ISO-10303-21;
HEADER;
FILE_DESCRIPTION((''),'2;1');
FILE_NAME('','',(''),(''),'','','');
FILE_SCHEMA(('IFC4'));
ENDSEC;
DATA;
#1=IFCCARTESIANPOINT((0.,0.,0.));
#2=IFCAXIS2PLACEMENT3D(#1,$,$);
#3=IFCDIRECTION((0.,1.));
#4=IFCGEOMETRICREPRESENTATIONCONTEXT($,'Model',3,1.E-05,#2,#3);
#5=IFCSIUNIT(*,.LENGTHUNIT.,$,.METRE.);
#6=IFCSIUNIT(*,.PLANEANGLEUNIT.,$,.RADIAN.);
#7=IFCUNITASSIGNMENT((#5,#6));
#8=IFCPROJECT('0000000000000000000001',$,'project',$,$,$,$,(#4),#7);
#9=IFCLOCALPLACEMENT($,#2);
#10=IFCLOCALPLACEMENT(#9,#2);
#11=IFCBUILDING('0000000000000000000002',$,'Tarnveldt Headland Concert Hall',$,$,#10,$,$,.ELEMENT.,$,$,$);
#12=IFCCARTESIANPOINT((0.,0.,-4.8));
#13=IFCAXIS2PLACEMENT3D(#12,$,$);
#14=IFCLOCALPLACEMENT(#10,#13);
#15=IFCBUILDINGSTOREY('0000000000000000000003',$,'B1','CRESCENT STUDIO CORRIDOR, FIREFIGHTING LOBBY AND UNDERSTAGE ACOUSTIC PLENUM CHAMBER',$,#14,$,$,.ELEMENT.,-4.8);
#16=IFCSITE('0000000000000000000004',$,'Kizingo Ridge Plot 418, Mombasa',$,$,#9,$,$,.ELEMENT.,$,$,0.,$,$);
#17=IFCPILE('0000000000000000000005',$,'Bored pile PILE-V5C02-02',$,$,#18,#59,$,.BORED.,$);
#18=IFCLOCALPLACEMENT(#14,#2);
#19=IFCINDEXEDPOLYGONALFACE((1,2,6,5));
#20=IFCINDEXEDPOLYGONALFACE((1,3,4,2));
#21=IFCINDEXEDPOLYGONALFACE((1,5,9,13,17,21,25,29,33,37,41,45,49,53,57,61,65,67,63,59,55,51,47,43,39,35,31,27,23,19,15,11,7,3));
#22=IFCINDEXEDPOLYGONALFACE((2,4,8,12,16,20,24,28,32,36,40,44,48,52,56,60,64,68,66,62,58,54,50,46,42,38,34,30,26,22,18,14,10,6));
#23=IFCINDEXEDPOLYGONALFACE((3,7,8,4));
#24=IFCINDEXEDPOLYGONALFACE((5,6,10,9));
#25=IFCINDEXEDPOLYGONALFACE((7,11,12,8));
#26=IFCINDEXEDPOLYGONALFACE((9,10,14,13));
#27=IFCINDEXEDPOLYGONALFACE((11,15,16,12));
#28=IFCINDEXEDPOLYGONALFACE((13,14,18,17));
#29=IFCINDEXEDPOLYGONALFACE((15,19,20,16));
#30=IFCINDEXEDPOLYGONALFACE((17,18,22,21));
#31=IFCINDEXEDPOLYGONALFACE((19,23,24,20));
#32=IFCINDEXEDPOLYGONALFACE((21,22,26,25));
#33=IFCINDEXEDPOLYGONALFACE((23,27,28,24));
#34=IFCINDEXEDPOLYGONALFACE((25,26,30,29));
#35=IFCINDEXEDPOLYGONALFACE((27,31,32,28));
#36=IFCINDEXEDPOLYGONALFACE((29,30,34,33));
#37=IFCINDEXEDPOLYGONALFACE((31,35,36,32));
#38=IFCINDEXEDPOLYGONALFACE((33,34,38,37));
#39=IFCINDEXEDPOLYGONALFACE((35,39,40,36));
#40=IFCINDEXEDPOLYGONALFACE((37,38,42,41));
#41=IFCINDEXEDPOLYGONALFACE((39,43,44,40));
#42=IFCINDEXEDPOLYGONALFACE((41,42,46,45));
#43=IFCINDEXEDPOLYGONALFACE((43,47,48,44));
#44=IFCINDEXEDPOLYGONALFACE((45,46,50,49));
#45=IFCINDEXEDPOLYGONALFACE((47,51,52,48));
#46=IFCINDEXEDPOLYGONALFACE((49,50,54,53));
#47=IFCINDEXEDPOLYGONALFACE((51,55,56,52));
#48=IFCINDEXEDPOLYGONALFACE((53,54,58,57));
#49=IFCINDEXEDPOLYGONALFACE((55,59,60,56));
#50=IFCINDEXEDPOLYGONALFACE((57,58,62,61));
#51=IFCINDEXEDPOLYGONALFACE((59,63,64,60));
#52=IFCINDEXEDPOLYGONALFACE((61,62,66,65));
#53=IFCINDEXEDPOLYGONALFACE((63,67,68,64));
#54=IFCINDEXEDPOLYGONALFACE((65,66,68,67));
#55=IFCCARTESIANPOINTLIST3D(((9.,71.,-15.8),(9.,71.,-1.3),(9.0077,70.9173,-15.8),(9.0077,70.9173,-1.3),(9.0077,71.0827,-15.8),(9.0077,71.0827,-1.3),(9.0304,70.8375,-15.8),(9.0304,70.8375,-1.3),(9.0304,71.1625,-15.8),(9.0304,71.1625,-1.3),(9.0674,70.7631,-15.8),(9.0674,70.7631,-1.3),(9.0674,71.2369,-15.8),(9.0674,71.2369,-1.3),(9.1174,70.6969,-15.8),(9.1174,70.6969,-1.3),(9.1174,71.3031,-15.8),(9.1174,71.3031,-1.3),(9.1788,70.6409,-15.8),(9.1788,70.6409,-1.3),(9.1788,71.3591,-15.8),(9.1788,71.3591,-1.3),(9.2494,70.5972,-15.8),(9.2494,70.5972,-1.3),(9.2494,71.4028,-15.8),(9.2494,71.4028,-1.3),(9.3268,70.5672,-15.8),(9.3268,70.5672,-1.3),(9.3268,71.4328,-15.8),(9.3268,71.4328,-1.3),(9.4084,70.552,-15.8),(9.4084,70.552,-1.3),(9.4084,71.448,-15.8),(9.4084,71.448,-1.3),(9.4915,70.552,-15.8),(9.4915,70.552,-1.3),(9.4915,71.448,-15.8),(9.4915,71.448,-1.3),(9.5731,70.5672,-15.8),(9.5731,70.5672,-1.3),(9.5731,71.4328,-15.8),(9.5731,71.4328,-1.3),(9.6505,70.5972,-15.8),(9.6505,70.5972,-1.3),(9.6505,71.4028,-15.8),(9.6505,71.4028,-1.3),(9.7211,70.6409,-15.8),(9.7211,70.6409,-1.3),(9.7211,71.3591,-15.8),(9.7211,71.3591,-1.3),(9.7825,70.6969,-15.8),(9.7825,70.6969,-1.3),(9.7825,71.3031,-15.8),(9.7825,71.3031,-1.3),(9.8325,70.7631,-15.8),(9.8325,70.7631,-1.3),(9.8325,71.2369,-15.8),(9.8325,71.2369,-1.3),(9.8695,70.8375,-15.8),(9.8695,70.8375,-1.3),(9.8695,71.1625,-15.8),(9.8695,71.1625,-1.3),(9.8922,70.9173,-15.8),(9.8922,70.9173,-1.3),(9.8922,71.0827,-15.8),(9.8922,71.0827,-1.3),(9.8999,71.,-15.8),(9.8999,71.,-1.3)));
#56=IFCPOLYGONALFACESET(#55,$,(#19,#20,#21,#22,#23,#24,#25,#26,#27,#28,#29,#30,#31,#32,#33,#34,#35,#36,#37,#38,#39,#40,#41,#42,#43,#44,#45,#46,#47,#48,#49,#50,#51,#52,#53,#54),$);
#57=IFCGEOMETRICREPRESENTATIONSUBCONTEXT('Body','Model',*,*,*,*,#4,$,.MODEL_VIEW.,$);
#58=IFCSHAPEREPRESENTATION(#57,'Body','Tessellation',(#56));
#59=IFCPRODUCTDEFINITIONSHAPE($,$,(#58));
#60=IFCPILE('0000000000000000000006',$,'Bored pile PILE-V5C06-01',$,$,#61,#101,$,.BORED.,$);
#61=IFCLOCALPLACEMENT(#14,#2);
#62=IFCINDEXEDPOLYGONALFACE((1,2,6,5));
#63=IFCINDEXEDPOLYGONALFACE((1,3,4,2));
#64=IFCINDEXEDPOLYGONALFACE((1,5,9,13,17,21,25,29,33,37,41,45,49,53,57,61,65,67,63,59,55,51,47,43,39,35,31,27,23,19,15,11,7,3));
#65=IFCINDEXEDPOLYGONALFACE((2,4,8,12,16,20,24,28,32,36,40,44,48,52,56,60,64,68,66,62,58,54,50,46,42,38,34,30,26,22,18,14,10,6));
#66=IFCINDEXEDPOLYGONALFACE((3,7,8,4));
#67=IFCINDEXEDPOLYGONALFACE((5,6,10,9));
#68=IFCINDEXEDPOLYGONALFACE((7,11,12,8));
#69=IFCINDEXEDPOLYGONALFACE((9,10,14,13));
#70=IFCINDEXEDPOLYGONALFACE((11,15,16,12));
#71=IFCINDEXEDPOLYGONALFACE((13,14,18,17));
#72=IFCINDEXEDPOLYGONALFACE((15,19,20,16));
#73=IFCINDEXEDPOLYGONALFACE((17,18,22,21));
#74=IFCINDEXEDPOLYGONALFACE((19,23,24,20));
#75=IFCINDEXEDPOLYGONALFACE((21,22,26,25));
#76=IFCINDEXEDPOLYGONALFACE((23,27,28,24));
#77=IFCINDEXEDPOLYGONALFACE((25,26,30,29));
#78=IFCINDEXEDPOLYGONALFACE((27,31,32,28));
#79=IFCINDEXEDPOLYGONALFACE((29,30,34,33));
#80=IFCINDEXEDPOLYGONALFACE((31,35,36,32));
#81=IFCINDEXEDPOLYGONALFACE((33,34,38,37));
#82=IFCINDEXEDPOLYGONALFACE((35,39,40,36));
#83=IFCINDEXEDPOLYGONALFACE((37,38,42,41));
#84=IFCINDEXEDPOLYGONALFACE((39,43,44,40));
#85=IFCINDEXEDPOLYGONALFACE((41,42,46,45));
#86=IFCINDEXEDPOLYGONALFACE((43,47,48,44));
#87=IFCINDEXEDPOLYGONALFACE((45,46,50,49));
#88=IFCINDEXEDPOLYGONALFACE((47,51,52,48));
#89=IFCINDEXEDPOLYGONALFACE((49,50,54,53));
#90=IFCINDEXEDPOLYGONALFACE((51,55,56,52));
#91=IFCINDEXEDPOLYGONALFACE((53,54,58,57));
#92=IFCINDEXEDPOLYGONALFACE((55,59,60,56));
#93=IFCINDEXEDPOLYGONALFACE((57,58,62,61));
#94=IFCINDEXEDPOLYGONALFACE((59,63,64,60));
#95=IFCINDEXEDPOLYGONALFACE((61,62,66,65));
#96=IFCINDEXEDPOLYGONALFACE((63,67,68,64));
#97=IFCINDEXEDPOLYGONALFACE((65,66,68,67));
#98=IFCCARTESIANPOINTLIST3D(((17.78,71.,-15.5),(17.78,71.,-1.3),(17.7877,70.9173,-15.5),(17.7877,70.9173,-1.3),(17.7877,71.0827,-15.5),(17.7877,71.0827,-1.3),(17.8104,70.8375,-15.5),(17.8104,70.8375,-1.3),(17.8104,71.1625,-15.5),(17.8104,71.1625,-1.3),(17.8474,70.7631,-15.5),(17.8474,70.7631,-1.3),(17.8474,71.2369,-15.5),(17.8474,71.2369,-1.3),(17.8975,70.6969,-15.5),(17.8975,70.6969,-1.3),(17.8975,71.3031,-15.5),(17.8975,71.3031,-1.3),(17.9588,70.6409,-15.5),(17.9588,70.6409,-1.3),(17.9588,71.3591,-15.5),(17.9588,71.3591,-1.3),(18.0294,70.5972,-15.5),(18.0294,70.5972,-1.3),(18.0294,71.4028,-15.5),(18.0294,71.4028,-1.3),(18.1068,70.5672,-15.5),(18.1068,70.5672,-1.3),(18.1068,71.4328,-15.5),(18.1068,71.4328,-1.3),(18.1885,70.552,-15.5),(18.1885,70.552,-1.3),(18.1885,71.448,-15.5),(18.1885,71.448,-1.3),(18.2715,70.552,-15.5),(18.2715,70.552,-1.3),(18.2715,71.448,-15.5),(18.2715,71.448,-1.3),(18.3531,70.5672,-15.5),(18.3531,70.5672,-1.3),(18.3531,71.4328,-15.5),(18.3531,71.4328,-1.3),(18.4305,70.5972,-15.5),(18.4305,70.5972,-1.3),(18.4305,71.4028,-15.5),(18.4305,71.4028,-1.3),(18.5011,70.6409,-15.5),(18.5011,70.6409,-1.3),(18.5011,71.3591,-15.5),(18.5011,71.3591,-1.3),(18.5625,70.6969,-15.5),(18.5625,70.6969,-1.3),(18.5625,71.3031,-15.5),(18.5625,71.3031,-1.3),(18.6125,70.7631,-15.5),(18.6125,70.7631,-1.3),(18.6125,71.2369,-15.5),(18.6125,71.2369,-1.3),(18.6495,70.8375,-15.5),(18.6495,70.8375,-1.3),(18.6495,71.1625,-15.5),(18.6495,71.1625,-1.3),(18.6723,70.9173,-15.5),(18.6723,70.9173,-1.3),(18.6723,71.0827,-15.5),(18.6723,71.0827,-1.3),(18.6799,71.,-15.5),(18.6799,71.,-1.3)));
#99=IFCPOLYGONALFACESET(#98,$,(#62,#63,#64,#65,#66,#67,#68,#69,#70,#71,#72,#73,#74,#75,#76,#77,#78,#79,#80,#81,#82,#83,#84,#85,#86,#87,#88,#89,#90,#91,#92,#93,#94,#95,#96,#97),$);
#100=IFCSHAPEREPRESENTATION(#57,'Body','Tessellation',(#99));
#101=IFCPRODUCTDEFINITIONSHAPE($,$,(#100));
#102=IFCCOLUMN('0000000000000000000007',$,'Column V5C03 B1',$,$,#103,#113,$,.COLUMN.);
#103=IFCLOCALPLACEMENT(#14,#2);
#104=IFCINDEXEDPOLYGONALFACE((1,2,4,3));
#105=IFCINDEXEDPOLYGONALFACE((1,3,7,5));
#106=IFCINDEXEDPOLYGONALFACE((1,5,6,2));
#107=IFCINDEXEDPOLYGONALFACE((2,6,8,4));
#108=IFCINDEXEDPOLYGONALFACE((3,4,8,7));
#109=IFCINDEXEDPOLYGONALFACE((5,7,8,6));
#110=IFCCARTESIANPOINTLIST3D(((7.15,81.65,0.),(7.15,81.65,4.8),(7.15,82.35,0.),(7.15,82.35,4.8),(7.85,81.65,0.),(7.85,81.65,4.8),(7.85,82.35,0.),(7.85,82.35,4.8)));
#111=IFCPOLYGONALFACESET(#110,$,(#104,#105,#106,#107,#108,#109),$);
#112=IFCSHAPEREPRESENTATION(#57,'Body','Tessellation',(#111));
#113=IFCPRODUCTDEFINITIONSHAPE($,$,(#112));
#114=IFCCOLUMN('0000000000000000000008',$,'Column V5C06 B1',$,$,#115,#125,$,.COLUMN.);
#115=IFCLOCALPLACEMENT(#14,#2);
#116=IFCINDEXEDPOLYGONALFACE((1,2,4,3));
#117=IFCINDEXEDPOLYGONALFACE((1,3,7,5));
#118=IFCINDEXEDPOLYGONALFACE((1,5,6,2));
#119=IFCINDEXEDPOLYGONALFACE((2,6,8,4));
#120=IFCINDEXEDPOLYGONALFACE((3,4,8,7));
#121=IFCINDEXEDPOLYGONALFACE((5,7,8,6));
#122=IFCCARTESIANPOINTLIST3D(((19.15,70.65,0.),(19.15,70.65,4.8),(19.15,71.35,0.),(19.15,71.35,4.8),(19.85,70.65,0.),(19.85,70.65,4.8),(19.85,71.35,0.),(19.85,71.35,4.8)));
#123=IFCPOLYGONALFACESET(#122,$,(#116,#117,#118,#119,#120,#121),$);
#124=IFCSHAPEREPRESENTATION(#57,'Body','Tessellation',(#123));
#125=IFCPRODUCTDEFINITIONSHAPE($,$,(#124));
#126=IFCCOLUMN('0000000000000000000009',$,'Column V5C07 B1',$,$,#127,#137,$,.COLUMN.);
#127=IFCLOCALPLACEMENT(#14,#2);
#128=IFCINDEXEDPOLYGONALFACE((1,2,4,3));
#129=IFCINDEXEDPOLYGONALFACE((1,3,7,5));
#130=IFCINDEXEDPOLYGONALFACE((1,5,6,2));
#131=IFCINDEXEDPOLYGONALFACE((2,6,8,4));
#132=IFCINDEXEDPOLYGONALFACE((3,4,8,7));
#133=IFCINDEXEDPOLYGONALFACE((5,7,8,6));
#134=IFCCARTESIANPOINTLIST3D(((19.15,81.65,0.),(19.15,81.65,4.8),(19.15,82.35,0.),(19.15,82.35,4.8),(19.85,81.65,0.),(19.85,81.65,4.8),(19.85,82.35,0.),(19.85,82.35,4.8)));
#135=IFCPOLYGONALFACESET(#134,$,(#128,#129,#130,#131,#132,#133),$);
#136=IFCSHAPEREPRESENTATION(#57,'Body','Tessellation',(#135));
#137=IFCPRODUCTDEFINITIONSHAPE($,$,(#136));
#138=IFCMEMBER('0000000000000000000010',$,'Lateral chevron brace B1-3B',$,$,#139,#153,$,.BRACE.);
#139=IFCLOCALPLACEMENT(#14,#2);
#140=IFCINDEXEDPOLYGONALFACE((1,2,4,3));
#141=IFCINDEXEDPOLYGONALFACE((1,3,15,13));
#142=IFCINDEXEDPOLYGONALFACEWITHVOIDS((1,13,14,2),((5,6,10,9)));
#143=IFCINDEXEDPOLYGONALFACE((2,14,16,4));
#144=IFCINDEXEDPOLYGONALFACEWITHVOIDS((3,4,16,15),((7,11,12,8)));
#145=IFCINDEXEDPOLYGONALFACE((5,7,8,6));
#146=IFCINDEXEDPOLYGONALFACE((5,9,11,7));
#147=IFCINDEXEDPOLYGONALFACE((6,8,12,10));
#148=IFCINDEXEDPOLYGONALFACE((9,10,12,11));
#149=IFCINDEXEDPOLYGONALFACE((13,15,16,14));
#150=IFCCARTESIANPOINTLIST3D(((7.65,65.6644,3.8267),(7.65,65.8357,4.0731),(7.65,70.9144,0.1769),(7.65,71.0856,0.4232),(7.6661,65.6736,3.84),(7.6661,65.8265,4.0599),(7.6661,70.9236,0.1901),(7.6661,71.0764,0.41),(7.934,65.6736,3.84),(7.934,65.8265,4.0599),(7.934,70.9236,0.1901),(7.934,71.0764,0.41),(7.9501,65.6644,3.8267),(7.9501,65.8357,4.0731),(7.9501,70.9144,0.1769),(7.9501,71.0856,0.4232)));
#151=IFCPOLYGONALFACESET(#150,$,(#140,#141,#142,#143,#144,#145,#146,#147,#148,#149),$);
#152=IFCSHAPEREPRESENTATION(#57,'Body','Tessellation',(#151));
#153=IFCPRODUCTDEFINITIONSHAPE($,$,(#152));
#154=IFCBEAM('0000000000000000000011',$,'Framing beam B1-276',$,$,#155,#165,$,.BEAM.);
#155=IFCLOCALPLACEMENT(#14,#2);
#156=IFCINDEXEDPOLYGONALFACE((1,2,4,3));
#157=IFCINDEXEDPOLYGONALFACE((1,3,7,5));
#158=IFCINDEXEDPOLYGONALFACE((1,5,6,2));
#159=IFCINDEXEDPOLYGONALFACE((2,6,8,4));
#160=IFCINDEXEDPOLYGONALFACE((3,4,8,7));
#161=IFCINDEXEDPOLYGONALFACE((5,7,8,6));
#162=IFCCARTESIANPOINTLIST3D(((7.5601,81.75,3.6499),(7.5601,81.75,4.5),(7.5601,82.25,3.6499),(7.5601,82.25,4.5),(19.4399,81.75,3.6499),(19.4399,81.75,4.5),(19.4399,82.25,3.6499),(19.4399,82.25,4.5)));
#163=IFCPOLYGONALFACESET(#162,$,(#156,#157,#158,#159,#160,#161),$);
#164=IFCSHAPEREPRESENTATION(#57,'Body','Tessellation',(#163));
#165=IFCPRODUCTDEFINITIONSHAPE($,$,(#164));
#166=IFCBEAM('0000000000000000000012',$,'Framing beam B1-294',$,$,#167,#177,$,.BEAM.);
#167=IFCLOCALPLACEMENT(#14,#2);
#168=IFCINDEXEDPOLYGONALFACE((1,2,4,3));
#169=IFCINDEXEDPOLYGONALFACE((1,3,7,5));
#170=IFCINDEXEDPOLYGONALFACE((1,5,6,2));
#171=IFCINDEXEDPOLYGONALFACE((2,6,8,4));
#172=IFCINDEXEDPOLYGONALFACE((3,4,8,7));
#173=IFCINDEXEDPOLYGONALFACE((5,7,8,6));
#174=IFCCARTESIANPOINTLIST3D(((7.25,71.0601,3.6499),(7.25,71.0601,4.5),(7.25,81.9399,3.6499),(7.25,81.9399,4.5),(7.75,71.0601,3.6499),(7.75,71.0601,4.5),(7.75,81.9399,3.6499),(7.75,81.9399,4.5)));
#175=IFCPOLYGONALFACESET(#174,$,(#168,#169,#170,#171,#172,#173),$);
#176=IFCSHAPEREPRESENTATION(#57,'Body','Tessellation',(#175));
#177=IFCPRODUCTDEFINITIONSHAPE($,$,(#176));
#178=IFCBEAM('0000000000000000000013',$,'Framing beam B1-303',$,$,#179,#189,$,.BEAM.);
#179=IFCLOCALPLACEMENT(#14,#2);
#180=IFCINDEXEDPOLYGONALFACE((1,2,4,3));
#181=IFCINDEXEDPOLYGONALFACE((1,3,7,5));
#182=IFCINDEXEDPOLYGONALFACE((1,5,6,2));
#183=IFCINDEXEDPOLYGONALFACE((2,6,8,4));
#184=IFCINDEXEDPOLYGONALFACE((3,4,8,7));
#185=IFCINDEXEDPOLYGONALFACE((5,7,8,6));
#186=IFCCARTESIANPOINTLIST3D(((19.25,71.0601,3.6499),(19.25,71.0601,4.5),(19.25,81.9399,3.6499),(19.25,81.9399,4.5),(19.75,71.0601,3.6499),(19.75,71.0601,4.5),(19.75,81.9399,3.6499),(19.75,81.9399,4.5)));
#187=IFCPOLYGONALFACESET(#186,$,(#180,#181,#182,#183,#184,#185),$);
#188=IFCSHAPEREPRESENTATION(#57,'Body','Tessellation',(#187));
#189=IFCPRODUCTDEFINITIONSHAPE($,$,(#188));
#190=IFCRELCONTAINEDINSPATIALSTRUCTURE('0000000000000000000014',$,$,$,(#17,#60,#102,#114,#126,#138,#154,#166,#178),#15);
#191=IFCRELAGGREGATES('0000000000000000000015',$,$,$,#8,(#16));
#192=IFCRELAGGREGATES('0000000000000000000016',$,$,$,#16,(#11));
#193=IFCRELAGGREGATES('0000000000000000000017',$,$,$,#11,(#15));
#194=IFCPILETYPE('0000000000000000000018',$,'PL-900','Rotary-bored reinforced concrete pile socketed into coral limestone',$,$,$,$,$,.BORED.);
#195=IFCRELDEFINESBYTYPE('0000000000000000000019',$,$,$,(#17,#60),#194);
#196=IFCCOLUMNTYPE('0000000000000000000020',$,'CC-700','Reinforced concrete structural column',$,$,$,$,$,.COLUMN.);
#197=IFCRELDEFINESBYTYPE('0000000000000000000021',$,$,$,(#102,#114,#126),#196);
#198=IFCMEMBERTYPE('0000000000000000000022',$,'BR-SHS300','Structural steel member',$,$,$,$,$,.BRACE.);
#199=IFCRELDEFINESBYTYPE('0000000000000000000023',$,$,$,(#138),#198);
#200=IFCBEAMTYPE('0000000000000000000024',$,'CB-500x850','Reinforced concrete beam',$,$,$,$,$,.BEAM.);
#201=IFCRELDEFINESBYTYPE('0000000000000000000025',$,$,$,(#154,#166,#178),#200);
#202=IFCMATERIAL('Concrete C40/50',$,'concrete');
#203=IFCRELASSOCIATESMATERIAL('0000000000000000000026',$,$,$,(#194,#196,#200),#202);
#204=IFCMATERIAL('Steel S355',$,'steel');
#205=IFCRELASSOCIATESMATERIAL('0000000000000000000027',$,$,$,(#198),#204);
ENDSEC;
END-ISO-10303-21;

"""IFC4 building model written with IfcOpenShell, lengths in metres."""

from ifc_helpers import new_model, si_unit, direction, frame, origin, origin_2d, place, context, subcontext, project, spatial, rectangle, hollow_rectangle, circle, extrude, material, material_profile, profile_set, type_object, element, save


model = new_model("IFC4")

# Units and contexts
model_context = context("Model", 3, precision=1e-05, world=origin(), true_north=direction((0.0, 1.0)))
body_context = subcontext(model_context, "Body", "Model", "MODEL_VIEW")
ifc_project = project(units=[si_unit("LENGTHUNIT", "METRE"), si_unit("PLANEANGLEUNIT", "RADIAN")], contexts=[model_context])

# Site, building, storey
site_placement = place(None, origin())
site = spatial("IfcSite", under=ifc_project, at=site_placement, Name="Kizingo Ridge Plot 418, Mombasa", CompositionType="ELEMENT", RefElevation=0.0)
building_placement = place(site_placement, origin())
building = spatial("IfcBuilding", under=site, at=building_placement, Name="Tarnveldt Headland Concert Hall", CompositionType="ELEMENT")
storey_placement = place(building_placement, frame((0.0, 0.0, -4.8)))
storey = spatial("IfcBuildingStorey", under=building, at=storey_placement, Name="B1", Description="CRESCENT STUDIO CORRIDOR, FIREFIGHTING LOBBY AND UNDERSTAGE ACOUSTIC PLENUM CHAMBER", CompositionType="ELEMENT", Elevation=-4.8)

# Shared definitions
ifc_material_1 = material(Name="Concrete C40/50", Category="concrete")

# Piles
ifc_material_profile_1 = material_profile(ifc_material_1, circle(Radius=0.45, at=origin_2d()), Name="BORED PILE D900", Category="concrete")
ifc_profile_set_1 = profile_set([ifc_material_profile_1], Name="Concrete C40/50")
pile_type_1 = type_object("IfcPileType", Name="PL-900", Description="Rotary-bored reinforced concrete pile socketed into coral limestone", PredefinedType="BORED", material=ifc_profile_set_1)
pile_1_placement = place(storey_placement, frame((9.45, 71.0, -1.3), z_axis=(0.0, 0.0, -1.0), x_axis=(1.0, 0.0, 0.0)))
element("IfcPile", 1, at=pile_1_placement, inside=storey, type_object=pile_type_1, Name="Bored pile PILE-V5C02-02", PredefinedType="BORED", context=body_context, shape_type="SweptSolid", body=[
    extrude(circle(Radius=0.45, at=origin_2d()), origin(), (0.0, 0.0, 1.0), 14.5),
])
pile_2_placement = place(storey_placement, frame((18.23, 71.0, -1.3), z_axis=(0.0, 0.0, -1.0), x_axis=(1.0, 0.0, 0.0)))
element("IfcPile", 2, at=pile_2_placement, inside=storey, type_object=pile_type_1, Name="Bored pile PILE-V5C06-01", PredefinedType="BORED", context=body_context, shape_type="SweptSolid", body=[
    extrude(circle(Radius=0.45, at=origin_2d()), origin(), (0.0, 0.0, 1.0), 14.2),
])

# Columns
ifc_material_profile_2 = material_profile(ifc_material_1, rectangle(XDim=0.7, YDim=0.7, at=origin_2d()), Name="RC 700x700", Category="concrete")
ifc_profile_set_2 = profile_set([ifc_material_profile_2], Name="Concrete C40/50")
column_type = type_object("IfcColumnType", Name="CC-700", Description="Reinforced concrete structural column", PredefinedType="COLUMN", material=ifc_profile_set_2)
for number, where, z_axis, x_axis, name in (
    (3, (7.5, 82.0, 0.0), (0.0, 0.0, 1.0), (1.0, 0.0, 0.0), "Column V5C03 B1"),
    (4, (19.5, 71.0, 0.0), (0.0, 0.0, 1.0), (1.0, 0.0, 0.0), "Column V5C06 B1"),
    (5, (19.5, 82.0, 0.0), (0.0, 0.0, 1.0), (1.0, 0.0, 0.0), "Column V5C07 B1"),
):
    element("IfcColumn", number, at=place(storey_placement, frame(where, z_axis=z_axis, x_axis=x_axis)), inside=storey, type_object=column_type, Name=name, PredefinedType="COLUMN", context=body_context, shape_type="SweptSolid", body=[
        extrude(rectangle(XDim=0.7, YDim=0.7, at=origin_2d()), origin(), (0.0, 0.0, 1.0), 4.8),
    ])

# Member
ifc_material_2 = material(Name="Steel S355", Category="steel")
ifc_material_profile_3 = material_profile(ifc_material_2, hollow_rectangle(XDim=0.3, YDim=0.3, WallThickness=0.0161, at=origin_2d()), Name="SHS 300x300x16", Category="steel")
ifc_profile_set_3 = profile_set([ifc_material_profile_3], Name="Steel S355")
member_type = type_object("IfcMemberType", Name="BR-SHS300", Description="Structural steel member", PredefinedType="BRACE", material=ifc_profile_set_3)
member_placement = place(storey_placement, frame((7.8, 71.0, 0.3), z_axis=(0.0, -0.821072, 0.570825), x_axis=(1.0, 0.0, 0.0)))
element("IfcMember", 6, at=member_placement, inside=storey, type_object=member_type, Name="Lateral chevron brace B1-3B", PredefinedType="BRACE", context=body_context, shape_type="SweptSolid", body=[
    extrude(hollow_rectangle(XDim=0.3, YDim=0.3, WallThickness=0.0161, at=origin_2d()), origin(), (0.0, 0.0, 1.0), 6.394),
])

# Beams
ifc_material_profile_4 = material_profile(ifc_material_1, rectangle(XDim=0.5, YDim=0.8501, at=origin_2d()), Name="RC 500x850", Category="concrete")
ifc_profile_set_4 = profile_set([ifc_material_profile_4], Name="Concrete C40/50")
beam_type_1 = type_object("IfcBeamType", Name="CB-500x850", Description="Reinforced concrete beam", PredefinedType="BEAM", material=ifc_profile_set_4)
beam_placement = place(storey_placement, frame((7.5601, 82.0, 4.075), z_axis=(1.0, 0.0, 0.0), x_axis=(0.0, 1.0, 0.0)))
element("IfcBeam", 7, at=beam_placement, inside=storey, type_object=beam_type_1, Name="Framing beam B1-276", PredefinedType="BEAM", context=body_context, shape_type="SweptSolid", body=[
    extrude(rectangle(XDim=0.5, YDim=0.8501, at=origin_2d()), origin(), (0.0, 0.0, 1.0), 11.8799),
])
for number, where, z_axis, x_axis, name in (
    (8, (7.5, 71.0601, 4.075), (0.0, 1.0, 0.0), (-1.0, 0.0, 0.0), "Framing beam B1-294"),
    (9, (19.5, 71.0601, 4.075), (0.0, 1.0, 0.0), (-1.0, 0.0, 0.0), "Framing beam B1-303"),
):
    element("IfcBeam", number, at=place(storey_placement, frame(where, z_axis=z_axis, x_axis=x_axis)), inside=storey, type_object=beam_type_1, Name=name, PredefinedType="BEAM", context=body_context, shape_type="SweptSolid", body=[
        extrude(rectangle(XDim=0.5, YDim=0.8501, at=origin_2d()), origin(), (0.0, 0.0, 1.0), 10.8799),
    ])

save(model, "model.ifc")
